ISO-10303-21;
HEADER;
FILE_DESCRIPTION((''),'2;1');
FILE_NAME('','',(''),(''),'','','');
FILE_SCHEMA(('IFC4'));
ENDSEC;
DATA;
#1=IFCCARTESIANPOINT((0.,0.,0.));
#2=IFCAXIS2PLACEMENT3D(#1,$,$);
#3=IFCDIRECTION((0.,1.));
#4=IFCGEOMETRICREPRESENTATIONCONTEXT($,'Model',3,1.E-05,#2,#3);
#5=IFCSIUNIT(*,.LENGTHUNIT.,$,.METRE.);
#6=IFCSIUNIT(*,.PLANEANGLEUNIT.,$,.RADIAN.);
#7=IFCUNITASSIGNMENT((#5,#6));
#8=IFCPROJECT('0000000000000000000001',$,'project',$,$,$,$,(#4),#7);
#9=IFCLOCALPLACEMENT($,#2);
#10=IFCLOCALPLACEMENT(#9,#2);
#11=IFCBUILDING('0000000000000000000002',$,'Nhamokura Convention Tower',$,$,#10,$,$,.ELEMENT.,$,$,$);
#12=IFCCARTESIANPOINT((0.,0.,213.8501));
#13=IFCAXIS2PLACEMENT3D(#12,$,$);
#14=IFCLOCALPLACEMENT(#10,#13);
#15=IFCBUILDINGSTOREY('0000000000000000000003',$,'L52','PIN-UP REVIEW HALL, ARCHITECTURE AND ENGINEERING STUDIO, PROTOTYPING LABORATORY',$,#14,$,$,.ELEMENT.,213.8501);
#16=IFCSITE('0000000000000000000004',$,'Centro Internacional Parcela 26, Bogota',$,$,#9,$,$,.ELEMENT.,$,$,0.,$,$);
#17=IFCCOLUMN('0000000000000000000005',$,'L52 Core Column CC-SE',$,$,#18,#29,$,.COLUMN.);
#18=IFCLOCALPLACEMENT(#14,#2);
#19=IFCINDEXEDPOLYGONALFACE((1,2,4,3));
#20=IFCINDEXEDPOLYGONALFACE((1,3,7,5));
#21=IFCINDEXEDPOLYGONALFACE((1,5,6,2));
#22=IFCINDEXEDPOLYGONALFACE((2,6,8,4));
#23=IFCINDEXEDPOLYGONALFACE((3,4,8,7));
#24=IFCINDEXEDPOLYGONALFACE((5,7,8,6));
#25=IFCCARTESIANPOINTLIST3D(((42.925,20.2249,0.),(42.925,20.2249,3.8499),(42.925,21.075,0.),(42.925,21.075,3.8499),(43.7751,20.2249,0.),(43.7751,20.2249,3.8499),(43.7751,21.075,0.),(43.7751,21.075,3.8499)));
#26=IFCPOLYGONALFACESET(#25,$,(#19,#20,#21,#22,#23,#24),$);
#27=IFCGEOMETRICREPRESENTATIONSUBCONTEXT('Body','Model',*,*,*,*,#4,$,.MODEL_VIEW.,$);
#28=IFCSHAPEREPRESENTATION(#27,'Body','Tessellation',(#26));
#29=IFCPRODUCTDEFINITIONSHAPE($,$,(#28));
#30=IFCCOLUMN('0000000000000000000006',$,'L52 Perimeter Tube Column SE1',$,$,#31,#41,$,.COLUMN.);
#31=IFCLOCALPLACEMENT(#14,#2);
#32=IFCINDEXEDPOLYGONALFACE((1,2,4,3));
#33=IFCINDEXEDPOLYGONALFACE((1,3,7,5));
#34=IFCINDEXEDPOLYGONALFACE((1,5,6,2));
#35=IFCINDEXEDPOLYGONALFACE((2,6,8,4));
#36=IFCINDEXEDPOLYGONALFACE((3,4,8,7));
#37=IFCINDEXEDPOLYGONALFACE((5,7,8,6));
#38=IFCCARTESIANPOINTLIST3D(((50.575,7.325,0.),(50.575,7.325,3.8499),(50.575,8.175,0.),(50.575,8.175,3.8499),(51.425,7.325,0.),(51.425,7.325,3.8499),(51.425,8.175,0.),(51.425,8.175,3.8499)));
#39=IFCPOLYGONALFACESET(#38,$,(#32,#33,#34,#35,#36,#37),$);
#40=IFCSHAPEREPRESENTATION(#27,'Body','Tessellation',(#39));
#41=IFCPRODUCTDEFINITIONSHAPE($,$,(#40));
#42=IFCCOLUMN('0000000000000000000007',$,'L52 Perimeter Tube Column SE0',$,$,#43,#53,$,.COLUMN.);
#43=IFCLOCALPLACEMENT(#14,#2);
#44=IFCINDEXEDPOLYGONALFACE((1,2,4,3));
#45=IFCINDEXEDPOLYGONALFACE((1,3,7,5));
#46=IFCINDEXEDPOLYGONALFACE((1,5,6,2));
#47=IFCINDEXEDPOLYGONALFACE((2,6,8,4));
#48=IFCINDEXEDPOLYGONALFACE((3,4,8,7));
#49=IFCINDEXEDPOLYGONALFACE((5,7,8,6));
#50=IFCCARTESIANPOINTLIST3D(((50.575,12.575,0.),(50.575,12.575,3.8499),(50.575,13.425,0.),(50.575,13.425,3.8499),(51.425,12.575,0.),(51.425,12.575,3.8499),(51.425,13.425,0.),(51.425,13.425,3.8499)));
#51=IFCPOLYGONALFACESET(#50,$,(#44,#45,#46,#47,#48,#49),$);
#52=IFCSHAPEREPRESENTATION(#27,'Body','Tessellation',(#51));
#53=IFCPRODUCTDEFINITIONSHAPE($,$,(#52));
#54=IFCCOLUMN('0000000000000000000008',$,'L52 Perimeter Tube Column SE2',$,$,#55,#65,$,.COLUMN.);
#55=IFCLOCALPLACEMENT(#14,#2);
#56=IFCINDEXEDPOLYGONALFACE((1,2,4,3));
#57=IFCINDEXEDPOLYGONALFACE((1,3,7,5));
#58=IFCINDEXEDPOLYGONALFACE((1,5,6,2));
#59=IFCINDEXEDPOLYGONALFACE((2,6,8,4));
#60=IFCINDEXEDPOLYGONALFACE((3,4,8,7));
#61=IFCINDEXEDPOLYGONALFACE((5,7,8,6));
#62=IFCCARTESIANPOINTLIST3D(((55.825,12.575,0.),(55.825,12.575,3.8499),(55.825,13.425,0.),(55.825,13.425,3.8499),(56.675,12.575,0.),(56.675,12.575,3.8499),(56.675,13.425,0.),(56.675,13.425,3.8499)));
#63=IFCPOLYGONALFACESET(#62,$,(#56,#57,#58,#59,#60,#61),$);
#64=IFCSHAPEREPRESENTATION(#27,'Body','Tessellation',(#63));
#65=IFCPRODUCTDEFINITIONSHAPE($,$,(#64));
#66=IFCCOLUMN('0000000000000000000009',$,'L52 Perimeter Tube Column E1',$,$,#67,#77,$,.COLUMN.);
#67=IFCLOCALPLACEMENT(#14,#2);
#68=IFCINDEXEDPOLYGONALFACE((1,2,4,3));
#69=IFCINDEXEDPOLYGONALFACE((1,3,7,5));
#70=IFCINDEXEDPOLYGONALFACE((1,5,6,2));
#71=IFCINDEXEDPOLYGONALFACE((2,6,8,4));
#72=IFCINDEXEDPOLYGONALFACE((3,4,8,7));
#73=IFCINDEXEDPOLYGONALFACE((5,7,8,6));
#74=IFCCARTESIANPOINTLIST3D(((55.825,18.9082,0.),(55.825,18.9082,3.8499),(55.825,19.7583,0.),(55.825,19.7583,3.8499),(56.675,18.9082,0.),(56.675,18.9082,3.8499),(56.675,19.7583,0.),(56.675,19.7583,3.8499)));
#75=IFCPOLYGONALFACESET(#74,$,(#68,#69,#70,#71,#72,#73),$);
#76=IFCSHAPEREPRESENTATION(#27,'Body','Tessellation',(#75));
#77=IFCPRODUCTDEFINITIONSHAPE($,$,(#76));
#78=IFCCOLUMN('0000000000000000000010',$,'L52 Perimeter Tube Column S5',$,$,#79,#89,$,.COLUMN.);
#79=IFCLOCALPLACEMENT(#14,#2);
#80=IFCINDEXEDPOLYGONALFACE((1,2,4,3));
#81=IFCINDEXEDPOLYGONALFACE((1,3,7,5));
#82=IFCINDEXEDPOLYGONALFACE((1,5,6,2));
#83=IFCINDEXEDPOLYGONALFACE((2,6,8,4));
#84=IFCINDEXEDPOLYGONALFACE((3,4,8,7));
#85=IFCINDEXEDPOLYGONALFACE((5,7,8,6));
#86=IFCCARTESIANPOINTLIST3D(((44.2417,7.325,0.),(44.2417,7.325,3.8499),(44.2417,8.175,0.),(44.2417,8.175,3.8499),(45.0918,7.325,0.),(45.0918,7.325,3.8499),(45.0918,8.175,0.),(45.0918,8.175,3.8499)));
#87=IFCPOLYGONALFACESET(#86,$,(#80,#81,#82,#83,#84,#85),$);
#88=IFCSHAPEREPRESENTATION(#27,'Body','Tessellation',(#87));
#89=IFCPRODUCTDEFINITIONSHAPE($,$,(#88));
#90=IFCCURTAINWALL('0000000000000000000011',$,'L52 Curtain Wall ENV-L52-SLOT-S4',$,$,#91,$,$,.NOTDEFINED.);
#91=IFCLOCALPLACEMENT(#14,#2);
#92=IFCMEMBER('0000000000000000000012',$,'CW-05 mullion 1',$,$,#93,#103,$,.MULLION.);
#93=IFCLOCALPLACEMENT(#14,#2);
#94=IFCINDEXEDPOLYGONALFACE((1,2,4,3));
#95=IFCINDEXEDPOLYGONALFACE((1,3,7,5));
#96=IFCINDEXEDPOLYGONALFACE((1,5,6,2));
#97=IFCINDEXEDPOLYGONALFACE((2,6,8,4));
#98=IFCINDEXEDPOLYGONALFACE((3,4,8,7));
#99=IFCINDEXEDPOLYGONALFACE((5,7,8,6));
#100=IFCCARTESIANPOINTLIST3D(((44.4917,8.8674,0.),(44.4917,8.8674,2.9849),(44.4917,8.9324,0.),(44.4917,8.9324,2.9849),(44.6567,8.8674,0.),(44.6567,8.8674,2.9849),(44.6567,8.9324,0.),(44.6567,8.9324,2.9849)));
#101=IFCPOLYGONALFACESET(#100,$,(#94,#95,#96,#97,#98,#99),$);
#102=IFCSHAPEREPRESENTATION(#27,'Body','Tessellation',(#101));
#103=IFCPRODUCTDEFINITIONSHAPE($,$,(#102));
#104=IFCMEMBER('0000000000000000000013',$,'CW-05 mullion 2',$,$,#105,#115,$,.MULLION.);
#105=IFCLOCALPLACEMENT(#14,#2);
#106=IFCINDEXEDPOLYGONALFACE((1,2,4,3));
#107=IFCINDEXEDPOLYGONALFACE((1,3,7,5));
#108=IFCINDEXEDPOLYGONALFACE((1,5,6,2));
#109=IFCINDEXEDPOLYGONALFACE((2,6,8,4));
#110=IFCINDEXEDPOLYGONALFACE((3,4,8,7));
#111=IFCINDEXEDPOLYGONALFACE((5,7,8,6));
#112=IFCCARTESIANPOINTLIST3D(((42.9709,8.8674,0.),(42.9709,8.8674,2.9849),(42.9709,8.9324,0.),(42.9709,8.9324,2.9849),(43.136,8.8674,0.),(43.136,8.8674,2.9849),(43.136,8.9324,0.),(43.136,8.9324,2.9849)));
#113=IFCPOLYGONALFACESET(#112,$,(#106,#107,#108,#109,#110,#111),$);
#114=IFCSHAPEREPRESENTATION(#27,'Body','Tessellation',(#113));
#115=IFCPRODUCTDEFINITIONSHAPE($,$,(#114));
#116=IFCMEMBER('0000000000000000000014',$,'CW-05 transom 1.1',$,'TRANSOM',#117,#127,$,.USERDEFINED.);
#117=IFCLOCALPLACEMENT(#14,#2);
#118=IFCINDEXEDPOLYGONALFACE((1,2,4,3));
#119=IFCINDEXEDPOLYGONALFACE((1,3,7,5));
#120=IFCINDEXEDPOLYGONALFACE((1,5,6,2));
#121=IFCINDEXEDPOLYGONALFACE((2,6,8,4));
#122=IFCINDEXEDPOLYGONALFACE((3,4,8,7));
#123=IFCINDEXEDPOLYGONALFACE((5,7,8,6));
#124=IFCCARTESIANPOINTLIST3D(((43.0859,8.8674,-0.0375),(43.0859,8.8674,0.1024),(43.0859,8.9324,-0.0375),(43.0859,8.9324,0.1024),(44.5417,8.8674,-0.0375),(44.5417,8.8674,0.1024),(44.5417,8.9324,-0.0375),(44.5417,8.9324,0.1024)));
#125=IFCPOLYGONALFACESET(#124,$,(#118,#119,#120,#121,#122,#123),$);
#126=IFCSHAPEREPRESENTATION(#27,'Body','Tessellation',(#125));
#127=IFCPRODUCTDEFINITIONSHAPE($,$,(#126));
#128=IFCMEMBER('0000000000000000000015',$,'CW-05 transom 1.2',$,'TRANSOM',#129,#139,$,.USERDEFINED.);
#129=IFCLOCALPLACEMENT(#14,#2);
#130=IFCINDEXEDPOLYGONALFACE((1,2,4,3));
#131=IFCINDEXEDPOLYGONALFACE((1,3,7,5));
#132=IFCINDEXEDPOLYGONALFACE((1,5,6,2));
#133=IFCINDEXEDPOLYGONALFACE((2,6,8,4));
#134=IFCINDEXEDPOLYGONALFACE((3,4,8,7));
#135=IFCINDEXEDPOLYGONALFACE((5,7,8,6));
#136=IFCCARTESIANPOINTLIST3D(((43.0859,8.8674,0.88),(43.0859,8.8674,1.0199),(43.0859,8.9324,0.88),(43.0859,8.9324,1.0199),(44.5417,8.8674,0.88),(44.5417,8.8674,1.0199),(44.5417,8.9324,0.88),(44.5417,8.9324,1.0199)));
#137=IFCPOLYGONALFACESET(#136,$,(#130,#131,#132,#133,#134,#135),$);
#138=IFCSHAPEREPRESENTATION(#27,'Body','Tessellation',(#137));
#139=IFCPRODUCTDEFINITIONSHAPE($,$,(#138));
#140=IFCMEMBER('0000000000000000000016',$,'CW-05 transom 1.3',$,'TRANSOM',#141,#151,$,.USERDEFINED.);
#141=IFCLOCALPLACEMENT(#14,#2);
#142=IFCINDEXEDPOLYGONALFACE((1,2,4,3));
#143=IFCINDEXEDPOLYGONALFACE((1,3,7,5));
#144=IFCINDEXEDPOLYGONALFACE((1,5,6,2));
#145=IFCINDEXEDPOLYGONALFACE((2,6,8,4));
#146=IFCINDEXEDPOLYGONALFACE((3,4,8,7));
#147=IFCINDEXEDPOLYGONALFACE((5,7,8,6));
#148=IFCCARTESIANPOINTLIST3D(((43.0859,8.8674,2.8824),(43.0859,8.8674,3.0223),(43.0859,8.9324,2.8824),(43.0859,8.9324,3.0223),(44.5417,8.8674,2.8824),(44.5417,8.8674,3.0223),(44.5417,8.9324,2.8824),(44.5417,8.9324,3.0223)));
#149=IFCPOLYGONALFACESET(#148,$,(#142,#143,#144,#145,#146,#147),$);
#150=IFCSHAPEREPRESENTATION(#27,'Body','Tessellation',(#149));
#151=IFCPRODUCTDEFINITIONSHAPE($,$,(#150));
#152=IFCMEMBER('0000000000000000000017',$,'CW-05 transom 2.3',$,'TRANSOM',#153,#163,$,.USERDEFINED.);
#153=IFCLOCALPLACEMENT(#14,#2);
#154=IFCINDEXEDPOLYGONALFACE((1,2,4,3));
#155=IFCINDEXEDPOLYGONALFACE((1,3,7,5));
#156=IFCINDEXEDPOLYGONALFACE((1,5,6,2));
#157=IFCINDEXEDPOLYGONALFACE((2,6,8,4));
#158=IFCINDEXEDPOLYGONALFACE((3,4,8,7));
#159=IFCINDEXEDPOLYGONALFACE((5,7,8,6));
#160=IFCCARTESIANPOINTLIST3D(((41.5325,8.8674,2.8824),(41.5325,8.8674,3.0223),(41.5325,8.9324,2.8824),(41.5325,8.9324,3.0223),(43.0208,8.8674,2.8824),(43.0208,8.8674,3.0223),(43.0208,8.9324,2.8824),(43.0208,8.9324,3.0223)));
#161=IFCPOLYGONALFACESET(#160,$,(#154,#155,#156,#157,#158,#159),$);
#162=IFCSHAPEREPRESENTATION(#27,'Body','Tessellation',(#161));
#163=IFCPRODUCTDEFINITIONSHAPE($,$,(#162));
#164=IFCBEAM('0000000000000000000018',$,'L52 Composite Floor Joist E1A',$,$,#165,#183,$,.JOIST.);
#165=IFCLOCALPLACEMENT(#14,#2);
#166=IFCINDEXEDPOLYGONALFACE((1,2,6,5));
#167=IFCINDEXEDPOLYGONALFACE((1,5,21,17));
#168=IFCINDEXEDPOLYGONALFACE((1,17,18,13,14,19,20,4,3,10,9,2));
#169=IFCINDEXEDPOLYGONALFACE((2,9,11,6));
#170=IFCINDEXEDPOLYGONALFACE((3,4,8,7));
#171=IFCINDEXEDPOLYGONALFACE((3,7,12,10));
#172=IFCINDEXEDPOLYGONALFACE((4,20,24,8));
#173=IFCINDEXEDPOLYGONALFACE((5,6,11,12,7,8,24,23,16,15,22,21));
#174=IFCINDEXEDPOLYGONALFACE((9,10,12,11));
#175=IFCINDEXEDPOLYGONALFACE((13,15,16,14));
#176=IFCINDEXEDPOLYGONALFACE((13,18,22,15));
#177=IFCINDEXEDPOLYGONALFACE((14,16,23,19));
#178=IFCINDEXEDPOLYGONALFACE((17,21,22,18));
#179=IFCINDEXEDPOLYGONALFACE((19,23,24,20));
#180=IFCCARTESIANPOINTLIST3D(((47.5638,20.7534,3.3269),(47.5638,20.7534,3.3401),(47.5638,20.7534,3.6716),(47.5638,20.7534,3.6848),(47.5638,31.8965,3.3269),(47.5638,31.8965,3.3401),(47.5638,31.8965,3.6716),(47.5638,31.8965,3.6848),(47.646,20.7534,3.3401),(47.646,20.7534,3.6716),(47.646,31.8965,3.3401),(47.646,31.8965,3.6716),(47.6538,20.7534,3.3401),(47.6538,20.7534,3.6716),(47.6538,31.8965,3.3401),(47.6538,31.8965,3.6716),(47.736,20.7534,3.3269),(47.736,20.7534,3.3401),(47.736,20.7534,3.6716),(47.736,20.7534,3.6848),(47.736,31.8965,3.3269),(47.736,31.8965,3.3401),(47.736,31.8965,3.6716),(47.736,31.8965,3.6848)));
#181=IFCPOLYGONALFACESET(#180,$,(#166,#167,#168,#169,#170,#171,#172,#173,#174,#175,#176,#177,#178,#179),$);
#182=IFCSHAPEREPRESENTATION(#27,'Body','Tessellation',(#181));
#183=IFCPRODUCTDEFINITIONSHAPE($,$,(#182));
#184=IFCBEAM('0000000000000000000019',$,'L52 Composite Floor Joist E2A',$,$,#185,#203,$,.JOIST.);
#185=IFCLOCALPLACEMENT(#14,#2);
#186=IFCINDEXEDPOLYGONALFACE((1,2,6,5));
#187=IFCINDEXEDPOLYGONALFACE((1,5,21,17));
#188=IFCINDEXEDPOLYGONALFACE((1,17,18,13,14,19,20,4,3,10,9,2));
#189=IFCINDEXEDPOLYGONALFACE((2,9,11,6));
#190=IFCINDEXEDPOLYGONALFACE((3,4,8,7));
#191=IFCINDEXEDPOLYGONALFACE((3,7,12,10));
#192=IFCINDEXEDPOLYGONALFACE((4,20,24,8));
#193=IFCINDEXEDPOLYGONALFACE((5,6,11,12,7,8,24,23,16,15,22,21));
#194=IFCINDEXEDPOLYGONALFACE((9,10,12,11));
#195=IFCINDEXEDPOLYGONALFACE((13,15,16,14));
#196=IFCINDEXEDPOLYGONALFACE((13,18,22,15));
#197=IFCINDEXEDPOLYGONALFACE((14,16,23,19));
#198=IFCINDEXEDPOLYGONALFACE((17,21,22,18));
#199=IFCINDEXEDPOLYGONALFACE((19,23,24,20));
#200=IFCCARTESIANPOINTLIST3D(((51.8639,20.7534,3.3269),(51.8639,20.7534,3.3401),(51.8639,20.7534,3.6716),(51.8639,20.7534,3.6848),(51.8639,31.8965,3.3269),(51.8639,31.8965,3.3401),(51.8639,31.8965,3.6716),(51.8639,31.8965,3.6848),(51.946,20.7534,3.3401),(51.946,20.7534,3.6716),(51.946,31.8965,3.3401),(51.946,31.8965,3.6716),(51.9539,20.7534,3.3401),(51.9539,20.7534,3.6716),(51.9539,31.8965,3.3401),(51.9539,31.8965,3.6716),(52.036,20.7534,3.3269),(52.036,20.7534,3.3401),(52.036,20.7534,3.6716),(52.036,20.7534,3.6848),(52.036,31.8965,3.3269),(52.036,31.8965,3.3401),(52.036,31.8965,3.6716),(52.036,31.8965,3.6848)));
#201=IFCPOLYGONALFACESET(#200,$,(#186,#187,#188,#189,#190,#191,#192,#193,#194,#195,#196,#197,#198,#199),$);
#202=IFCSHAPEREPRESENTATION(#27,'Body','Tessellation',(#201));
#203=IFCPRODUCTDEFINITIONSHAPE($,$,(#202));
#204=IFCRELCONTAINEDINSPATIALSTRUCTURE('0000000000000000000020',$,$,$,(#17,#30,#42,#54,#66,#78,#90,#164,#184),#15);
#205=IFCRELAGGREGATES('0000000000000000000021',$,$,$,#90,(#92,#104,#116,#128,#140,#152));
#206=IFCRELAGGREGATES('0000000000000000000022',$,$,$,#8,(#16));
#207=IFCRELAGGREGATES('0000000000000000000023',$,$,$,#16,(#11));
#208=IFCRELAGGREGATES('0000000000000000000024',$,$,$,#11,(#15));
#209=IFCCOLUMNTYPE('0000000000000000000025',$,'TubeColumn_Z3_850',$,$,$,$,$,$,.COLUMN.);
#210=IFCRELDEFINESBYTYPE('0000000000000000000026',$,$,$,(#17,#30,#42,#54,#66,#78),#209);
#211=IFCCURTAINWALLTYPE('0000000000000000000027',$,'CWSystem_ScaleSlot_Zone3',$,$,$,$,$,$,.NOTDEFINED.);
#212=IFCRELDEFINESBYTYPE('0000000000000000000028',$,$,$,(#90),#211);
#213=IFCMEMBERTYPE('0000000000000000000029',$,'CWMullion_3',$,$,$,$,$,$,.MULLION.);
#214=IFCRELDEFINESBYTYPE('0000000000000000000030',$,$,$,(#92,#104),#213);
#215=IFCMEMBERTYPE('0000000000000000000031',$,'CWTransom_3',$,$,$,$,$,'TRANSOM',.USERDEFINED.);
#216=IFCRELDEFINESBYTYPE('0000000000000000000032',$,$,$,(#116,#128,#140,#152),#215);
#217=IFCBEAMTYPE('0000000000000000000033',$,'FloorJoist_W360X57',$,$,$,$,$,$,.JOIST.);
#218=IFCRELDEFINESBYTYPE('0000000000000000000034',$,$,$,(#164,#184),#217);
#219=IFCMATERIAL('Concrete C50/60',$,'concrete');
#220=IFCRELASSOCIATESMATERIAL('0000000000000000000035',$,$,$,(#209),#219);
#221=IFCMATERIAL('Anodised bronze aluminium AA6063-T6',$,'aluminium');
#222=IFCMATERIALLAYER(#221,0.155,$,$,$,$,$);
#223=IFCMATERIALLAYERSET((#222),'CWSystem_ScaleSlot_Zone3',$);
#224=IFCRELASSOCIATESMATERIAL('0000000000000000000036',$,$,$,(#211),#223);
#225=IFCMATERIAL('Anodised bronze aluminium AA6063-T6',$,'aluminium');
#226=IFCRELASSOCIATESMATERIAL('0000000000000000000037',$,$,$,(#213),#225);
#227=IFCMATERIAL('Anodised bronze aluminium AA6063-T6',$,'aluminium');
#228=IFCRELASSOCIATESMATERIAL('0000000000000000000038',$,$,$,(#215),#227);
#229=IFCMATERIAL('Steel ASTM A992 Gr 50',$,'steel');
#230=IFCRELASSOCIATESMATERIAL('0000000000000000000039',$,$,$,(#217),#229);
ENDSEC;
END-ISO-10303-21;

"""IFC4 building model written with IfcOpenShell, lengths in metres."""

from ifc_helpers import new_model, si_unit, direction, frame, origin, origin_2d, place, context, subcontext, project, spatial, rectangle, i_section, extrude, material, layer, layer_set, material_profile, profile_set, type_object, element, aggregate, save


model = new_model("IFC4")

# Units and contexts
model_context = context("Model", 3, precision=1e-05, world=origin(), true_north=direction((0.0, 1.0)))
body_context = subcontext(model_context, "Body", "Model", "MODEL_VIEW")
ifc_project = project(units=[si_unit("LENGTHUNIT", "METRE"), si_unit("PLANEANGLEUNIT", "RADIAN")], contexts=[model_context])

# Site, building, storey
site_placement = place(None, origin())
site = spatial("IfcSite", under=ifc_project, at=site_placement, Name="Centro Internacional Parcela 26, Bogota", CompositionType="ELEMENT", RefElevation=0.0)
building_placement = place(site_placement, origin())
building = spatial("IfcBuilding", under=site, at=building_placement, Name="Nhamokura Convention Tower", CompositionType="ELEMENT")
storey_placement = place(building_placement, frame((0.0, 0.0, 213.8501)))
storey = spatial("IfcBuildingStorey", under=building, at=storey_placement, Name="L52", Description="PIN-UP REVIEW HALL, ARCHITECTURE AND ENGINEERING STUDIO, PROTOTYPING LABORATORY", CompositionType="ELEMENT", Elevation=213.8501)

# Columns
ifc_material_1 = material(Name="Concrete C50/60", Category="concrete")
ifc_material_profile_1 = material_profile(ifc_material_1, rectangle(XDim=0.8501, YDim=0.8501, at=origin_2d()))
ifc_profile_set_1 = profile_set([ifc_material_profile_1], Name="Concrete C50/60")
column_type = type_object("IfcColumnType", Name="TubeColumn_Z3_850", PredefinedType="COLUMN", material=ifc_profile_set_1)
for number, where, z_axis, x_axis, name in (
    (1, (43.3501, 20.6499, 0.0), (0.0, 0.0, 1.0), (1.0, 0.0, 0.0), "L52 Core Column CC-SE"),
    (2, (51.0, 7.75, 0.0), (0.0, 0.0, 1.0), (1.0, 0.0, 0.0), "L52 Perimeter Tube Column SE1"),
    (3, (51.0, 13.0, 0.0), (0.0, 0.0, 1.0), (1.0, 0.0, 0.0), "L52 Perimeter Tube Column SE0"),
    (4, (56.25, 13.0, 0.0), (0.0, 0.0, 1.0), (1.0, 0.0, 0.0), "L52 Perimeter Tube Column SE2"),
    (5, (56.25, 19.3333, 0.0), (0.0, 0.0, 1.0), (1.0, 0.0, 0.0), "L52 Perimeter Tube Column E1"),
    (6, (44.6667, 7.75, 0.0), (0.0, 0.0, 1.0), (1.0, 0.0, 0.0), "L52 Perimeter Tube Column S5"),
):
    element("IfcColumn", number, at=place(storey_placement, frame(where, z_axis=z_axis, x_axis=x_axis)), inside=storey, type_object=column_type, Name=name, PredefinedType="COLUMN", context=body_context, shape_type="SweptSolid", body=[
        extrude(rectangle(XDim=0.8501, YDim=0.8501, at=origin_2d()), origin(), (0.0, 0.0, 1.0), 3.8499),
    ])

# Curtain wall, members
ifc_material_2 = material(Name="Anodised bronze aluminium AA6063-T6", Category="aluminium")
ifc_layer_1 = layer(ifc_material_2, 0.155)
ifc_layer_set_1 = layer_set([ifc_layer_1], Name="CWSystem_ScaleSlot_Zone3")
curtain_wall_type = type_object("IfcCurtainWallType", Name="CWSystem_ScaleSlot_Zone3", PredefinedType="NOTDEFINED", material=ifc_layer_set_1)
curtain_wall_placement = place(storey_placement, origin())
curtain_wall = element("IfcCurtainWall", 7, at=curtain_wall_placement, inside=storey, type_object=curtain_wall_type, Name="L52 Curtain Wall ENV-L52-SLOT-S4", PredefinedType="NOTDEFINED")
ifc_material_3 = material(Name="Anodised bronze aluminium AA6063-T6", Category="aluminium")
ifc_material_profile_2 = material_profile(ifc_material_3, rectangle(XDim=0.0649, YDim=0.165, at=origin_2d()))
ifc_profile_set_2 = profile_set([ifc_material_profile_2], Name="Anodised bronze aluminium AA6063-T6")
member_type_1 = type_object("IfcMemberType", Name="CWMullion_3", PredefinedType="MULLION", material=ifc_profile_set_2)
member_1_placement = place(storey_placement, frame((44.5742, 8.8999, 0.0), z_axis=(0.0, 0.0, 1.0), x_axis=(0.0, -1.0, 0.0)))
member_1 = element("IfcMember", 8, at=member_1_placement, type_object=member_type_1, Name="CW-05 mullion 1", PredefinedType="MULLION", context=body_context, shape_type="SweptSolid", body=[
    extrude(rectangle(XDim=0.0649, YDim=0.165, at=origin_2d()), origin(), (0.0, 0.0, 1.0), 2.9849),
])
member_2_placement = place(storey_placement, frame((43.0535, 8.8999, 0.0), z_axis=(0.0, 0.0, 1.0), x_axis=(0.0, -1.0, 0.0)))
member_2 = element("IfcMember", 9, at=member_2_placement, type_object=member_type_1, Name="CW-05 mullion 2", PredefinedType="MULLION", context=body_context, shape_type="SweptSolid", body=[
    extrude(rectangle(XDim=0.0649, YDim=0.165, at=origin_2d()), origin(), (0.0, 0.0, 1.0), 2.9849),
])
ifc_material_4 = material(Name="Anodised bronze aluminium AA6063-T6", Category="aluminium")
ifc_material_profile_3 = material_profile(ifc_material_4, rectangle(XDim=0.0649, YDim=0.1399, at=origin_2d()))
ifc_profile_set_3 = profile_set([ifc_material_profile_3], Name="Anodised bronze aluminium AA6063-T6")
member_type_2 = type_object("IfcMemberType", Name="CWTransom_3", ElementType="TRANSOM", PredefinedType="USERDEFINED", material=ifc_profile_set_3)
member_3_placement = place(storey_placement, frame((44.5417, 8.8999, 0.0325), z_axis=(-1.0, 0.0, 0.0), x_axis=(0.0, -1.0, 0.0)))
member_3 = element("IfcMember", 10, at=member_3_placement, type_object=member_type_2, Name="CW-05 transom 1.1", ObjectType="TRANSOM", PredefinedType="USERDEFINED", context=body_context, shape_type="SweptSolid", body=[
    extrude(rectangle(XDim=0.0649, YDim=0.1399, at=origin_2d()), origin(), (0.0, 0.0, 1.0), 1.4558),
])
member_4_placement = place(storey_placement, frame((44.5417, 8.8999, 0.95), z_axis=(-1.0, 0.0, 0.0), x_axis=(0.0, -1.0, 0.0)))
member_4 = element("IfcMember", 11, at=member_4_placement, type_object=member_type_2, Name="CW-05 transom 1.2", ObjectType="TRANSOM", PredefinedType="USERDEFINED", context=body_context, shape_type="SweptSolid", body=[
    extrude(rectangle(XDim=0.0649, YDim=0.1399, at=origin_2d()), origin(), (0.0, 0.0, 1.0), 1.4558),
])
member_5_placement = place(storey_placement, frame((44.5417, 8.8999, 2.9524), z_axis=(-1.0, 0.0, 0.0), x_axis=(0.0, -1.0, 0.0)))
member_5 = element("IfcMember", 12, at=member_5_placement, type_object=member_type_2, Name="CW-05 transom 1.3", ObjectType="TRANSOM", PredefinedType="USERDEFINED", context=body_context, shape_type="SweptSolid", body=[
    extrude(rectangle(XDim=0.0649, YDim=0.1399, at=origin_2d()), origin(), (0.0, 0.0, 1.0), 1.4558),
])
member_6_placement = place(storey_placement, frame((43.0208, 8.8999, 2.9524), z_axis=(-1.0, 0.0, 0.0), x_axis=(0.0, -1.0, 0.0)))
member_6 = element("IfcMember", 13, at=member_6_placement, type_object=member_type_2, Name="CW-05 transom 2.3", ObjectType="TRANSOM", PredefinedType="USERDEFINED", context=body_context, shape_type="SweptSolid", body=[
    extrude(rectangle(XDim=0.0649, YDim=0.1399, at=origin_2d()), origin(), (0.0, 0.0, 1.0), 1.4883),
])

# Beams
ifc_material_5 = material(Name="Steel ASTM A992 Gr 50", Category="steel")
ifc_material_profile_4 = material_profile(ifc_material_5, i_section(OverallWidth=0.1721, OverallDepth=0.3579, WebThickness=0.0078, FlangeThickness=0.0132, at=origin_2d()))
ifc_profile_set_4 = profile_set([ifc_material_profile_4], Name="Steel ASTM A992 Gr 50")
beam_type_1 = type_object("IfcBeamType", Name="FloorJoist_W360X57", PredefinedType="JOIST", material=ifc_profile_set_4)
for number, where, z_axis, x_axis, name in (
    (14, (47.6499, 20.7534, 3.5059), (0.0, 1.0, 0.0), (-1.0, 0.0, 0.0), "L52 Composite Floor Joist E1A"),
    (15, (51.95, 20.7534, 3.5059), (0.0, 1.0, 0.0), (-1.0, 0.0, 0.0), "L52 Composite Floor Joist E2A"),
):
    element("IfcBeam", number, at=place(storey_placement, frame(where, z_axis=z_axis, x_axis=x_axis)), inside=storey, type_object=beam_type_1, Name=name, PredefinedType="JOIST", context=body_context, shape_type="SweptSolid", body=[
        extrude(i_section(OverallWidth=0.1721, OverallDepth=0.3579, WebThickness=0.0078, FlangeThickness=0.0132, at=origin_2d()), origin(), (0.0, 0.0, 1.0), 11.1431),
    ])

aggregate(curtain_wall, [member_1, member_2, member_3, member_4, member_5, member_6])

save(model, "model.ifc")
